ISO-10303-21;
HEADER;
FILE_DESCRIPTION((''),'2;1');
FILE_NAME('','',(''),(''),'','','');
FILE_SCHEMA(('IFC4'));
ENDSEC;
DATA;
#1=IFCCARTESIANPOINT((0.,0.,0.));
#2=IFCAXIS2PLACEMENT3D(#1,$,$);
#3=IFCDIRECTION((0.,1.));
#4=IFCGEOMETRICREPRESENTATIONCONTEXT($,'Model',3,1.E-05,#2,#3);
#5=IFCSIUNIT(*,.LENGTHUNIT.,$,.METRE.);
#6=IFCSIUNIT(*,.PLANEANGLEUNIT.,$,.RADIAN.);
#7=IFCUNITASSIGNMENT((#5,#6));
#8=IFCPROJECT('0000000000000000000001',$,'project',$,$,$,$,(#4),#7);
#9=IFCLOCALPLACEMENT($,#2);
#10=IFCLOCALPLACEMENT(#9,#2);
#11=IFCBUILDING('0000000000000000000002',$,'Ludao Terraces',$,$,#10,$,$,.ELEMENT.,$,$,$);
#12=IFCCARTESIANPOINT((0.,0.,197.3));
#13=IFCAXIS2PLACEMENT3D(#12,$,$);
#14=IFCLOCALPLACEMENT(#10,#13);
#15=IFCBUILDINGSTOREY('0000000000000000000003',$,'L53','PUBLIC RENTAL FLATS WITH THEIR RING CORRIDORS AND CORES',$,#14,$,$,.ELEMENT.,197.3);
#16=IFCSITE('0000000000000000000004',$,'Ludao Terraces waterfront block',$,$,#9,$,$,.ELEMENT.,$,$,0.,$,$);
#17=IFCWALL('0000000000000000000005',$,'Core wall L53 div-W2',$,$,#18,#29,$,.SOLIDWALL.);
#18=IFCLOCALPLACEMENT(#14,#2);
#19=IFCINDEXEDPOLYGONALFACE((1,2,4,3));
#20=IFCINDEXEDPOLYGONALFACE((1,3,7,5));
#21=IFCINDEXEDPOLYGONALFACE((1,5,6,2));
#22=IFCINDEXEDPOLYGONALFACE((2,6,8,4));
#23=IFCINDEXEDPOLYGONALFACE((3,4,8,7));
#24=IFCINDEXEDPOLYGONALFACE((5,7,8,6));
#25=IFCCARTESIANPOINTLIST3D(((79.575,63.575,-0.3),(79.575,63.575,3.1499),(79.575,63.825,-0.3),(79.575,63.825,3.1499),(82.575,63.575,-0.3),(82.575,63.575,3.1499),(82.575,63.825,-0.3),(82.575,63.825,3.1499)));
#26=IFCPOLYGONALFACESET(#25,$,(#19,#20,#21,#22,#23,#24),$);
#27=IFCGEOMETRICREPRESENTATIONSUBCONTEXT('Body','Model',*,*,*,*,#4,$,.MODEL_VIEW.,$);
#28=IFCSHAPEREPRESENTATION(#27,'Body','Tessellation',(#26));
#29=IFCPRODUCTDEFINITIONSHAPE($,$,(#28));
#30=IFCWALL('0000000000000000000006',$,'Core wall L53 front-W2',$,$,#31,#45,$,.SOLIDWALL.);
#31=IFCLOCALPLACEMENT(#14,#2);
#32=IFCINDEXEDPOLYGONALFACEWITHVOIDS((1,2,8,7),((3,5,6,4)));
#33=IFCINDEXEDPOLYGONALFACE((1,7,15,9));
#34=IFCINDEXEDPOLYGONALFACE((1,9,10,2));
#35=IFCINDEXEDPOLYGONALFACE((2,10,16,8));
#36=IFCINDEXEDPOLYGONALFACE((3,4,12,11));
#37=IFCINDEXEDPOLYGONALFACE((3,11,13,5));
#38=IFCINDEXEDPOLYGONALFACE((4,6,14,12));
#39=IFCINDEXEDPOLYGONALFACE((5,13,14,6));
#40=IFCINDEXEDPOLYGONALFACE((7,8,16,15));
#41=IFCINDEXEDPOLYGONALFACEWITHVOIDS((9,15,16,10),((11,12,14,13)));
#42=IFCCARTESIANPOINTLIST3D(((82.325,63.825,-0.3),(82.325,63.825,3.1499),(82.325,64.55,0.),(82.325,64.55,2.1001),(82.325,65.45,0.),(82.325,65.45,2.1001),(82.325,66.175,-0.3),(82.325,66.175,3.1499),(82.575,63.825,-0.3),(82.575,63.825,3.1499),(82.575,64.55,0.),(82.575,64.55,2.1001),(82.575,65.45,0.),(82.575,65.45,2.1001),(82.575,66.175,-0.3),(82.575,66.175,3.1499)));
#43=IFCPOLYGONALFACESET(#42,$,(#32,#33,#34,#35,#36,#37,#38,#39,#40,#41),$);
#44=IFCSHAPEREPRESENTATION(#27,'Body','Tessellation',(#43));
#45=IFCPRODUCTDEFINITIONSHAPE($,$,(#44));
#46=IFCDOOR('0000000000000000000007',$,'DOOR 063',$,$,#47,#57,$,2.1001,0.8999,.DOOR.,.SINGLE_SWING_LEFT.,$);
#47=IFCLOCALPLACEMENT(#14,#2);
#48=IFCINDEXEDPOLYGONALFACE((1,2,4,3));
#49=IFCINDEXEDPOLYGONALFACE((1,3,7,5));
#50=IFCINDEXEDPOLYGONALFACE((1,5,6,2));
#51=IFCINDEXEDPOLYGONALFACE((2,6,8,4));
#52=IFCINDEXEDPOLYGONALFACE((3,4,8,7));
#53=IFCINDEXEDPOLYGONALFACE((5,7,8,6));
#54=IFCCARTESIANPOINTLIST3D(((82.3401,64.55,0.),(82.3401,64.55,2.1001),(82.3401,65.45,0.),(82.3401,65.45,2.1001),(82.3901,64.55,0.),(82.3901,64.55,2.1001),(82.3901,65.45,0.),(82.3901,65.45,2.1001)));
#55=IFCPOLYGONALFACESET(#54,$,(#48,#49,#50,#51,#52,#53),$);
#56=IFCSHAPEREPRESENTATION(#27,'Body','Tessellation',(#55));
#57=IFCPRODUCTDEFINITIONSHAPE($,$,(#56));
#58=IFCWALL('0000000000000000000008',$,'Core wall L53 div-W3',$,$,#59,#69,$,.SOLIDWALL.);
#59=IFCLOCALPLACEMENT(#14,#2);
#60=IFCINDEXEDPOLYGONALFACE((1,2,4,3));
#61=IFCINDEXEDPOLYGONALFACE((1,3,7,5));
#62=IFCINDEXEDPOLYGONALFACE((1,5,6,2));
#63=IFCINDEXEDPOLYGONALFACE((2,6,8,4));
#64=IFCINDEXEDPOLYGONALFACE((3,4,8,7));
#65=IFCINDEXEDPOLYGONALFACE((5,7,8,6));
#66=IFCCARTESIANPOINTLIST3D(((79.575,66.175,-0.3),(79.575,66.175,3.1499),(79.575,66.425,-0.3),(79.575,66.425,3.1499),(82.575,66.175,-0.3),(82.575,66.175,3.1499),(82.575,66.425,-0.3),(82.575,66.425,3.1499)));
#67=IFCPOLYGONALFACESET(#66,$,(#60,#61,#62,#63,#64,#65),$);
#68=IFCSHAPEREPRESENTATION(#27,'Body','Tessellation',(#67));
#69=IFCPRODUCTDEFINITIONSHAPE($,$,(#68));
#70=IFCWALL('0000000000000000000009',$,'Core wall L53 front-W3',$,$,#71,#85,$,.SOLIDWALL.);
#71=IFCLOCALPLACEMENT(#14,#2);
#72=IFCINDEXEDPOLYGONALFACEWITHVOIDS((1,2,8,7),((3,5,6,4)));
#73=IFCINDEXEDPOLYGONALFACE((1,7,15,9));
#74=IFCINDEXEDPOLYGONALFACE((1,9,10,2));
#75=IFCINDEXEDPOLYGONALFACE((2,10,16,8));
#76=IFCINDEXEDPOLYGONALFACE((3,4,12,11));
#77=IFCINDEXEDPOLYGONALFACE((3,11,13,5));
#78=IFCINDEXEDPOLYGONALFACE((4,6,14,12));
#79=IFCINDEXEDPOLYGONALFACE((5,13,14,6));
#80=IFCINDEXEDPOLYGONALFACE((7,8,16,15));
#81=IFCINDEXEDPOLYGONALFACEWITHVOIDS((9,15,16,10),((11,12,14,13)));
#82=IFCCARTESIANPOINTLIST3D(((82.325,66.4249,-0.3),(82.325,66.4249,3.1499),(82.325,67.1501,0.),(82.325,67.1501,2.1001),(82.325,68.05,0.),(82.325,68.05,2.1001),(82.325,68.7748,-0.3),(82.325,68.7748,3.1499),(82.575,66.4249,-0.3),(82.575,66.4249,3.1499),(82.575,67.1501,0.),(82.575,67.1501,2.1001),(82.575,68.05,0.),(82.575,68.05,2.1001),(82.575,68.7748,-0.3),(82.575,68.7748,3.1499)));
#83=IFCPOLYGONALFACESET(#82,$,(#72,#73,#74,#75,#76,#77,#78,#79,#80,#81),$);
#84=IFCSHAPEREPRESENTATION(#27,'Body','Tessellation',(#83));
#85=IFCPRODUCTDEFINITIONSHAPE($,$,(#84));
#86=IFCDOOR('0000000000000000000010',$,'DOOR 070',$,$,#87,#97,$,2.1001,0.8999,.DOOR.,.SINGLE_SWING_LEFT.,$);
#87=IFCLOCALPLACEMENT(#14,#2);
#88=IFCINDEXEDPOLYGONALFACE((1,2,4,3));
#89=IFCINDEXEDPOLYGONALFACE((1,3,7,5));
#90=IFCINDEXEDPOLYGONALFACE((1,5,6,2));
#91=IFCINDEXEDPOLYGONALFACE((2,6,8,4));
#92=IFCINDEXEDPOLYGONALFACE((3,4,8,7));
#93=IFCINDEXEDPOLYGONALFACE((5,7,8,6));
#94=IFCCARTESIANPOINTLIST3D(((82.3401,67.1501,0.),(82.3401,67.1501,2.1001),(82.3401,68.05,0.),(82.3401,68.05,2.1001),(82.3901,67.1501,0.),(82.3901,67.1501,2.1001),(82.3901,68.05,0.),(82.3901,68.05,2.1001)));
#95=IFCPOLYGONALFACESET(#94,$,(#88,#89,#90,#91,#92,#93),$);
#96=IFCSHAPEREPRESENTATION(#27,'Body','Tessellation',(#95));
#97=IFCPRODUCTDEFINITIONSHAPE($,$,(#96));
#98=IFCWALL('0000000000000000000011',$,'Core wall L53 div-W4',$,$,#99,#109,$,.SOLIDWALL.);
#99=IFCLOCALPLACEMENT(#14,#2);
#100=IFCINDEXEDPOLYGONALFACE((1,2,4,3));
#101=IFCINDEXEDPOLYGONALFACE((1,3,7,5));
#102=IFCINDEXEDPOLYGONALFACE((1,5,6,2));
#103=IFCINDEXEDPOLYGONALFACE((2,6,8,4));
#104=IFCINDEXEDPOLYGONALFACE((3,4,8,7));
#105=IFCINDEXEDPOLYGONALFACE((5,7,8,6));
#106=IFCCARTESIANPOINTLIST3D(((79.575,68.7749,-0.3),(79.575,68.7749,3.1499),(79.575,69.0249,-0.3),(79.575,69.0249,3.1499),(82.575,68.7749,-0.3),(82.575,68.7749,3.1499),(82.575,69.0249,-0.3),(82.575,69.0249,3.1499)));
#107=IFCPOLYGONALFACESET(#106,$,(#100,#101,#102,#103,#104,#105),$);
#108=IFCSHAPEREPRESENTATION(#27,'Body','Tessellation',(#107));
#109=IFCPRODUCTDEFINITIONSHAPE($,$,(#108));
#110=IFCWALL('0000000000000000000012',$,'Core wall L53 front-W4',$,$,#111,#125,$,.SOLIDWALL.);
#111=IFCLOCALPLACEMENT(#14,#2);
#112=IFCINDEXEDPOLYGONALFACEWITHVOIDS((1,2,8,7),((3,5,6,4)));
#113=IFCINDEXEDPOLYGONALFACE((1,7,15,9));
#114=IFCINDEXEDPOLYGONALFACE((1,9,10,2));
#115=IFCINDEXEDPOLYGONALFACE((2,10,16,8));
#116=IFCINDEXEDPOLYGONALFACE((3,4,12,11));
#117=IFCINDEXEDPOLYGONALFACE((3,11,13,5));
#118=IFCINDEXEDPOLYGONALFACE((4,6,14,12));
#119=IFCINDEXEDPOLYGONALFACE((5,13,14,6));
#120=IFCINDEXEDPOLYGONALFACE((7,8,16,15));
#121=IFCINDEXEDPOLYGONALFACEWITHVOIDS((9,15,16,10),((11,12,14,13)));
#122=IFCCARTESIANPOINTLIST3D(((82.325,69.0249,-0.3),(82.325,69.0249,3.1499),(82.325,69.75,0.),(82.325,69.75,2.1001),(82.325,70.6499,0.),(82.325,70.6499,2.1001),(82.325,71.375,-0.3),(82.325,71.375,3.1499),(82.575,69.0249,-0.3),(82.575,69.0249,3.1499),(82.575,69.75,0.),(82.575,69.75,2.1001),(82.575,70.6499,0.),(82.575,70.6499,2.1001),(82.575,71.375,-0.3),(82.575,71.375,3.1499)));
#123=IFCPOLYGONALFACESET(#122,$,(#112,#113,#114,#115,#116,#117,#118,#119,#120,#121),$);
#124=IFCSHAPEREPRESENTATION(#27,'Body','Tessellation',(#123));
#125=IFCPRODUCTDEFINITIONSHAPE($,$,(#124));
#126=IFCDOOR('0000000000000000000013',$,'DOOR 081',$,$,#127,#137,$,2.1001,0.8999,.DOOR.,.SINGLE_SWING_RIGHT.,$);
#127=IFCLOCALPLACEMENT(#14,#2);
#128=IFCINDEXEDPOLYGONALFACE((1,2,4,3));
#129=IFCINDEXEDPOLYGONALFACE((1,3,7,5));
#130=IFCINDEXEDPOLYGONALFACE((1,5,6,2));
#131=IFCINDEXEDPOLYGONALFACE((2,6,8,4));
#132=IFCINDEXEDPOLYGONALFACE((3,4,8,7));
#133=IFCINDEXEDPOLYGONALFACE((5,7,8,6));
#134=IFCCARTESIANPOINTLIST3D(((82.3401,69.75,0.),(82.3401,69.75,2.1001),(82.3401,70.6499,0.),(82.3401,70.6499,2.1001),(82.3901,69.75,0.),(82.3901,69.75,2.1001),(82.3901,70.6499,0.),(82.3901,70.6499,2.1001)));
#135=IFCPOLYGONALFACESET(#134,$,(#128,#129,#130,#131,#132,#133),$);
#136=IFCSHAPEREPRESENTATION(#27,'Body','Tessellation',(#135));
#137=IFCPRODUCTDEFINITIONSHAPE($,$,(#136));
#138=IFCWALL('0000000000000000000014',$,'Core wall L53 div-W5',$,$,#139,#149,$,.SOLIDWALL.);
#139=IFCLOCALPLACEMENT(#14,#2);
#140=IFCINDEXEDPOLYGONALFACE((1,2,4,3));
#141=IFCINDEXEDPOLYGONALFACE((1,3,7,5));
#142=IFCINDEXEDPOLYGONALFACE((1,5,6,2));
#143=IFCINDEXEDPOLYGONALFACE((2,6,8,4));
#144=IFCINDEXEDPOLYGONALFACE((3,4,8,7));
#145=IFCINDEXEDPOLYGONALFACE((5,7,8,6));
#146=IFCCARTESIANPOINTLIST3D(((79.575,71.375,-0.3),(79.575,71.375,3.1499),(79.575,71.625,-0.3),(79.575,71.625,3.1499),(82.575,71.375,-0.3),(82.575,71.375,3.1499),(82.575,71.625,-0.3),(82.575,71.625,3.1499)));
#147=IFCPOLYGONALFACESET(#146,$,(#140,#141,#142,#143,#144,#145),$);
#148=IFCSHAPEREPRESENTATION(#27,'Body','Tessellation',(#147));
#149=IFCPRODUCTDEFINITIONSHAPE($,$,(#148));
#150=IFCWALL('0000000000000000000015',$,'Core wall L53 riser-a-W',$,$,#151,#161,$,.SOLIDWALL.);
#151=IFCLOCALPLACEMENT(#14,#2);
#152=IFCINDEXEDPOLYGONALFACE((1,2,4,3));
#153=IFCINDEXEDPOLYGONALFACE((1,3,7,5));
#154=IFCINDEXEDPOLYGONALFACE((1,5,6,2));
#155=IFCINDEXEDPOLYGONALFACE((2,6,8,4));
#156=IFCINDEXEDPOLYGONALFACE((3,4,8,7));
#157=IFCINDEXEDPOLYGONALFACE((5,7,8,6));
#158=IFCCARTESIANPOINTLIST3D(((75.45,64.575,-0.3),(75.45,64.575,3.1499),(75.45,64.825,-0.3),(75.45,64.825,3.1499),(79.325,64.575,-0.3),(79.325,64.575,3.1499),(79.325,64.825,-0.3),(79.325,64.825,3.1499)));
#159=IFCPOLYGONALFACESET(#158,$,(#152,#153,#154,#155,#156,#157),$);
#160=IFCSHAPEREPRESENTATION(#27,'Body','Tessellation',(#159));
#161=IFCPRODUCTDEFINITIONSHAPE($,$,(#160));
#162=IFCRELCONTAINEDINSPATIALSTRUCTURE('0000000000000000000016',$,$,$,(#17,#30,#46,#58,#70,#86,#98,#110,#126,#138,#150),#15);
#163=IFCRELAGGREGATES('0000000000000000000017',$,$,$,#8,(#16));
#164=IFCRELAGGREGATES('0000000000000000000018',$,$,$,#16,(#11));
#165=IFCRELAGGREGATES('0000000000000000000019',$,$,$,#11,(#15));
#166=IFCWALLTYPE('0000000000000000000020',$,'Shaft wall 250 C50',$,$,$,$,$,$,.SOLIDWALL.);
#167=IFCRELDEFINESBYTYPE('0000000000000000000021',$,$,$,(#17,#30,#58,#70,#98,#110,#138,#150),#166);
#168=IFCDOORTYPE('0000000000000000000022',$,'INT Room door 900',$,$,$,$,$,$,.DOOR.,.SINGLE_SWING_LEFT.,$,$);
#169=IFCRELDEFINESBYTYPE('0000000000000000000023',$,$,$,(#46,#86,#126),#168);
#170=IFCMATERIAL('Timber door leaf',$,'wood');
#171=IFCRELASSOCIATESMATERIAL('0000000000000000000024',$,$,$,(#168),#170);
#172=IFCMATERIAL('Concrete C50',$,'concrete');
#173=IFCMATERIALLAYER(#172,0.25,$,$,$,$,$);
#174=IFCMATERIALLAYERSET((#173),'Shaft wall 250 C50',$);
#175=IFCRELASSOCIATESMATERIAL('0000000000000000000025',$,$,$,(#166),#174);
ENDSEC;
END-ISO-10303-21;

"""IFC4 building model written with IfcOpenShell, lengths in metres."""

from ifc_helpers import new_model, si_unit, direction, frame, frame_2d, origin, place, context, subcontext, project, spatial, rectangle, extrude, material, layer, layer_set, type_object, element, fill, save


model = new_model("IFC4")

# Units and contexts
model_context = context("Model", 3, precision=1e-05, world=origin(), true_north=direction((0.0, 1.0)))
body_context = subcontext(model_context, "Body", "Model", "MODEL_VIEW")
ifc_project = project(units=[si_unit("LENGTHUNIT", "METRE"), si_unit("PLANEANGLEUNIT", "RADIAN")], contexts=[model_context])

# Site, building, storey
site_placement = place(None, origin())
site = spatial("IfcSite", under=ifc_project, at=site_placement, Name="Ludao Terraces waterfront block", CompositionType="ELEMENT", RefElevation=0.0)
building_placement = place(site_placement, origin())
building = spatial("IfcBuilding", under=site, at=building_placement, Name="Ludao Terraces", CompositionType="ELEMENT")
storey_placement = place(building_placement, frame((0.0, 0.0, 197.3)))
storey = spatial("IfcBuildingStorey", under=building, at=storey_placement, Name="L53", Description="PUBLIC RENTAL FLATS WITH THEIR RING CORRIDORS AND CORES", CompositionType="ELEMENT", Elevation=197.3)

# Shared definitions
ifc_material_1 = material(Name="Timber door leaf", Category="wood")
door_type_1 = type_object("IfcDoorType", Name="INT Room door 900", OperationType="SINGLE_SWING_LEFT", PredefinedType="DOOR", material=ifc_material_1)

# Wall
ifc_material_2 = material(Name="Concrete C50", Category="concrete")
ifc_layer_1 = layer(ifc_material_2, 0.25)
ifc_layer_set_1 = layer_set([ifc_layer_1], Name="Shaft wall 250 C50")
wall_type_1 = type_object("IfcWallType", Name="Shaft wall 250 C50", PredefinedType="SOLIDWALL", material=ifc_layer_set_1)
wall_1_placement = place(storey_placement, frame((79.575, 63.7, -0.3), z_axis=(0.0, 0.0, 1.0), x_axis=(1.0, 0.0, 0.0)))
element("IfcWall", 1, at=wall_1_placement, inside=storey, type_object=wall_type_1, Name="Core wall L53 div-W2", PredefinedType="SOLIDWALL", context=body_context, shape_type="SweptSolid", body=[
    extrude(rectangle(XDim=3.0, YDim=0.25, at=frame_2d((1.5, 0.0))), origin(), (0.0, 0.0, 1.0), 3.45),
])

# Wall, opening, door
wall_2_placement = place(storey_placement, frame((82.45, 63.825, -0.3), z_axis=(0.0, 0.0, 1.0), x_axis=(0.0, 1.0, 0.0)))
wall_2 = element("IfcWall", 2, at=wall_2_placement, inside=storey, type_object=wall_type_1, Name="Core wall L53 front-W2", PredefinedType="SOLIDWALL", context=body_context, shape_type="SweptSolid", body=[
    extrude(rectangle(XDim=2.3501, YDim=0.25, at=frame_2d((1.175, 0.0))), origin(), (0.0, 0.0, 1.0), 3.45),
])
opening_1_placement = place(wall_2_placement, frame((0.7251, 0.0, 0.3)))
opening_1 = element("IfcOpeningElement", 3, at=opening_1_placement, cuts=wall_2, PredefinedType="OPENING", context=body_context, shape_type="SweptSolid", body=[
    extrude(rectangle(XDim=0.8999, YDim=2.1001, at=frame_2d((0.45, 1.05))), frame((0.0, 0.135, 0.0), z_axis=(0.0, -1.0, 0.0), x_axis=(1.0, 0.0, 0.0)), (0.0, 0.0, 1.0), 0.27),
])
door_1_placement = place(opening_1_placement, origin())
door_1 = element("IfcDoor", 4, at=door_1_placement, inside=storey, type_object=door_type_1, Name="DOOR 063", OperationType="SINGLE_SWING_LEFT", OverallHeight=2.1001, OverallWidth=0.8999, PredefinedType="DOOR", context=body_context, shape_type="SweptSolid", body=[
    extrude(rectangle(XDim=0.8999, YDim=2.1001, at=frame_2d((0.45, 1.05))), frame((0.0, 0.1099, 0.0), z_axis=(0.0, -1.0, 0.0), x_axis=(1.0, 0.0, 0.0)), (0.0, 0.0, 1.0), 0.05),
])
fill(opening_1, door_1)

# Wall
wall_3_placement = place(storey_placement, frame((79.575, 66.3, -0.3), z_axis=(0.0, 0.0, 1.0), x_axis=(1.0, 0.0, 0.0)))
element("IfcWall", 5, at=wall_3_placement, inside=storey, type_object=wall_type_1, Name="Core wall L53 div-W3", PredefinedType="SOLIDWALL", context=body_context, shape_type="SweptSolid", body=[
    extrude(rectangle(XDim=3.0, YDim=0.25, at=frame_2d((1.5, 0.0))), origin(), (0.0, 0.0, 1.0), 3.45),
])

# Wall, opening, door
wall_4_placement = place(storey_placement, frame((82.45, 66.425, -0.3), z_axis=(0.0, 0.0, 1.0), x_axis=(0.0, 1.0, 0.0)))
wall_4 = element("IfcWall", 6, at=wall_4_placement, inside=storey, type_object=wall_type_1, Name="Core wall L53 front-W3", PredefinedType="SOLIDWALL", context=body_context, shape_type="SweptSolid", body=[
    extrude(rectangle(XDim=2.3499, YDim=0.25, at=frame_2d((1.1748, 0.0))), origin(), (0.0, 0.0, 1.0), 3.45),
])
opening_2_placement = place(wall_4_placement, frame((0.7251, 0.0, 0.3)))
opening_2 = element("IfcOpeningElement", 7, at=opening_2_placement, cuts=wall_4, PredefinedType="OPENING", context=body_context, shape_type="SweptSolid", body=[
    extrude(rectangle(XDim=0.8999, YDim=2.1001, at=frame_2d((0.45, 1.05))), frame((0.0, 0.135, 0.0), z_axis=(0.0, -1.0, 0.0), x_axis=(1.0, 0.0, 0.0)), (0.0, 0.0, 1.0), 0.27),
])
door_2_placement = place(opening_2_placement, origin())
door_2 = element("IfcDoor", 8, at=door_2_placement, inside=storey, type_object=door_type_1, Name="DOOR 070", OperationType="SINGLE_SWING_LEFT", OverallHeight=2.1001, OverallWidth=0.8999, PredefinedType="DOOR", context=body_context, shape_type="SweptSolid", body=[
    extrude(rectangle(XDim=0.8999, YDim=2.1001, at=frame_2d((0.45, 1.05))), frame((0.0, 0.1099, 0.0), z_axis=(0.0, -1.0, 0.0), x_axis=(1.0, 0.0, 0.0)), (0.0, 0.0, 1.0), 0.05),
])
fill(opening_2, door_2)

# Wall
wall_5_placement = place(storey_placement, frame((79.575, 68.8999, -0.3), z_axis=(0.0, 0.0, 1.0), x_axis=(1.0, 0.0, 0.0)))
element("IfcWall", 9, at=wall_5_placement, inside=storey, type_object=wall_type_1, Name="Core wall L53 div-W4", PredefinedType="SOLIDWALL", context=body_context, shape_type="SweptSolid", body=[
    extrude(rectangle(XDim=3.0, YDim=0.25, at=frame_2d((1.5, 0.0))), origin(), (0.0, 0.0, 1.0), 3.45),
])

# Wall, opening, door
wall_6_placement = place(storey_placement, frame((82.45, 69.0249, -0.3), z_axis=(0.0, 0.0, 1.0), x_axis=(0.0, 1.0, 0.0)))
wall_6 = element("IfcWall", 10, at=wall_6_placement, inside=storey, type_object=wall_type_1, Name="Core wall L53 front-W4", PredefinedType="SOLIDWALL", context=body_context, shape_type="SweptSolid", body=[
    extrude(rectangle(XDim=2.3501, YDim=0.25, at=frame_2d((1.175, 0.0))), origin(), (0.0, 0.0, 1.0), 3.45),
])
opening_3_placement = place(wall_6_placement, frame((0.7251, 0.0, 0.3)))
opening_3 = element("IfcOpeningElement", 11, at=opening_3_placement, cuts=wall_6, PredefinedType="OPENING", context=body_context, shape_type="SweptSolid", body=[
    extrude(rectangle(XDim=0.8999, YDim=2.1001, at=frame_2d((0.45, 1.05))), frame((0.0, 0.135, 0.0), z_axis=(0.0, -1.0, 0.0), x_axis=(1.0, 0.0, 0.0)), (0.0, 0.0, 1.0), 0.27),
])
door_3_placement = place(opening_3_placement, origin())
door_3 = element("IfcDoor", 12, at=door_3_placement, inside=storey, type_object=door_type_1, Name="DOOR 081", OperationType="SINGLE_SWING_RIGHT", OverallHeight=2.1001, OverallWidth=0.8999, PredefinedType="DOOR", context=body_context, shape_type="SweptSolid", body=[
    extrude(rectangle(XDim=0.8999, YDim=2.1001, at=frame_2d((0.45, 1.05))), frame((0.0, 0.1099, 0.0), z_axis=(0.0, -1.0, 0.0), x_axis=(1.0, 0.0, 0.0)), (0.0, 0.0, 1.0), 0.05),
])
fill(opening_3, door_3)

# Walls
wall_7_placement = place(storey_placement, frame((79.575, 71.5, -0.3), z_axis=(0.0, 0.0, 1.0), x_axis=(1.0, 0.0, 0.0)))
element("IfcWall", 13, at=wall_7_placement, inside=storey, type_object=wall_type_1, Name="Core wall L53 div-W5", PredefinedType="SOLIDWALL", context=body_context, shape_type="SweptSolid", body=[
    extrude(rectangle(XDim=3.0, YDim=0.25, at=frame_2d((1.5, 0.0))), origin(), (0.0, 0.0, 1.0), 3.45),
])
wall_8_placement = place(storey_placement, frame((75.45, 64.7, -0.3), z_axis=(0.0, 0.0, 1.0), x_axis=(1.0, 0.0, 0.0)))
element("IfcWall", 14, at=wall_8_placement, inside=storey, type_object=wall_type_1, Name="Core wall L53 riser-a-W", PredefinedType="SOLIDWALL", context=body_context, shape_type="SweptSolid", body=[
    extrude(rectangle(XDim=3.875, YDim=0.25, at=frame_2d((1.9375, 0.0))), origin(), (0.0, 0.0, 1.0), 3.45),
])

save(model, "model.ifc")
